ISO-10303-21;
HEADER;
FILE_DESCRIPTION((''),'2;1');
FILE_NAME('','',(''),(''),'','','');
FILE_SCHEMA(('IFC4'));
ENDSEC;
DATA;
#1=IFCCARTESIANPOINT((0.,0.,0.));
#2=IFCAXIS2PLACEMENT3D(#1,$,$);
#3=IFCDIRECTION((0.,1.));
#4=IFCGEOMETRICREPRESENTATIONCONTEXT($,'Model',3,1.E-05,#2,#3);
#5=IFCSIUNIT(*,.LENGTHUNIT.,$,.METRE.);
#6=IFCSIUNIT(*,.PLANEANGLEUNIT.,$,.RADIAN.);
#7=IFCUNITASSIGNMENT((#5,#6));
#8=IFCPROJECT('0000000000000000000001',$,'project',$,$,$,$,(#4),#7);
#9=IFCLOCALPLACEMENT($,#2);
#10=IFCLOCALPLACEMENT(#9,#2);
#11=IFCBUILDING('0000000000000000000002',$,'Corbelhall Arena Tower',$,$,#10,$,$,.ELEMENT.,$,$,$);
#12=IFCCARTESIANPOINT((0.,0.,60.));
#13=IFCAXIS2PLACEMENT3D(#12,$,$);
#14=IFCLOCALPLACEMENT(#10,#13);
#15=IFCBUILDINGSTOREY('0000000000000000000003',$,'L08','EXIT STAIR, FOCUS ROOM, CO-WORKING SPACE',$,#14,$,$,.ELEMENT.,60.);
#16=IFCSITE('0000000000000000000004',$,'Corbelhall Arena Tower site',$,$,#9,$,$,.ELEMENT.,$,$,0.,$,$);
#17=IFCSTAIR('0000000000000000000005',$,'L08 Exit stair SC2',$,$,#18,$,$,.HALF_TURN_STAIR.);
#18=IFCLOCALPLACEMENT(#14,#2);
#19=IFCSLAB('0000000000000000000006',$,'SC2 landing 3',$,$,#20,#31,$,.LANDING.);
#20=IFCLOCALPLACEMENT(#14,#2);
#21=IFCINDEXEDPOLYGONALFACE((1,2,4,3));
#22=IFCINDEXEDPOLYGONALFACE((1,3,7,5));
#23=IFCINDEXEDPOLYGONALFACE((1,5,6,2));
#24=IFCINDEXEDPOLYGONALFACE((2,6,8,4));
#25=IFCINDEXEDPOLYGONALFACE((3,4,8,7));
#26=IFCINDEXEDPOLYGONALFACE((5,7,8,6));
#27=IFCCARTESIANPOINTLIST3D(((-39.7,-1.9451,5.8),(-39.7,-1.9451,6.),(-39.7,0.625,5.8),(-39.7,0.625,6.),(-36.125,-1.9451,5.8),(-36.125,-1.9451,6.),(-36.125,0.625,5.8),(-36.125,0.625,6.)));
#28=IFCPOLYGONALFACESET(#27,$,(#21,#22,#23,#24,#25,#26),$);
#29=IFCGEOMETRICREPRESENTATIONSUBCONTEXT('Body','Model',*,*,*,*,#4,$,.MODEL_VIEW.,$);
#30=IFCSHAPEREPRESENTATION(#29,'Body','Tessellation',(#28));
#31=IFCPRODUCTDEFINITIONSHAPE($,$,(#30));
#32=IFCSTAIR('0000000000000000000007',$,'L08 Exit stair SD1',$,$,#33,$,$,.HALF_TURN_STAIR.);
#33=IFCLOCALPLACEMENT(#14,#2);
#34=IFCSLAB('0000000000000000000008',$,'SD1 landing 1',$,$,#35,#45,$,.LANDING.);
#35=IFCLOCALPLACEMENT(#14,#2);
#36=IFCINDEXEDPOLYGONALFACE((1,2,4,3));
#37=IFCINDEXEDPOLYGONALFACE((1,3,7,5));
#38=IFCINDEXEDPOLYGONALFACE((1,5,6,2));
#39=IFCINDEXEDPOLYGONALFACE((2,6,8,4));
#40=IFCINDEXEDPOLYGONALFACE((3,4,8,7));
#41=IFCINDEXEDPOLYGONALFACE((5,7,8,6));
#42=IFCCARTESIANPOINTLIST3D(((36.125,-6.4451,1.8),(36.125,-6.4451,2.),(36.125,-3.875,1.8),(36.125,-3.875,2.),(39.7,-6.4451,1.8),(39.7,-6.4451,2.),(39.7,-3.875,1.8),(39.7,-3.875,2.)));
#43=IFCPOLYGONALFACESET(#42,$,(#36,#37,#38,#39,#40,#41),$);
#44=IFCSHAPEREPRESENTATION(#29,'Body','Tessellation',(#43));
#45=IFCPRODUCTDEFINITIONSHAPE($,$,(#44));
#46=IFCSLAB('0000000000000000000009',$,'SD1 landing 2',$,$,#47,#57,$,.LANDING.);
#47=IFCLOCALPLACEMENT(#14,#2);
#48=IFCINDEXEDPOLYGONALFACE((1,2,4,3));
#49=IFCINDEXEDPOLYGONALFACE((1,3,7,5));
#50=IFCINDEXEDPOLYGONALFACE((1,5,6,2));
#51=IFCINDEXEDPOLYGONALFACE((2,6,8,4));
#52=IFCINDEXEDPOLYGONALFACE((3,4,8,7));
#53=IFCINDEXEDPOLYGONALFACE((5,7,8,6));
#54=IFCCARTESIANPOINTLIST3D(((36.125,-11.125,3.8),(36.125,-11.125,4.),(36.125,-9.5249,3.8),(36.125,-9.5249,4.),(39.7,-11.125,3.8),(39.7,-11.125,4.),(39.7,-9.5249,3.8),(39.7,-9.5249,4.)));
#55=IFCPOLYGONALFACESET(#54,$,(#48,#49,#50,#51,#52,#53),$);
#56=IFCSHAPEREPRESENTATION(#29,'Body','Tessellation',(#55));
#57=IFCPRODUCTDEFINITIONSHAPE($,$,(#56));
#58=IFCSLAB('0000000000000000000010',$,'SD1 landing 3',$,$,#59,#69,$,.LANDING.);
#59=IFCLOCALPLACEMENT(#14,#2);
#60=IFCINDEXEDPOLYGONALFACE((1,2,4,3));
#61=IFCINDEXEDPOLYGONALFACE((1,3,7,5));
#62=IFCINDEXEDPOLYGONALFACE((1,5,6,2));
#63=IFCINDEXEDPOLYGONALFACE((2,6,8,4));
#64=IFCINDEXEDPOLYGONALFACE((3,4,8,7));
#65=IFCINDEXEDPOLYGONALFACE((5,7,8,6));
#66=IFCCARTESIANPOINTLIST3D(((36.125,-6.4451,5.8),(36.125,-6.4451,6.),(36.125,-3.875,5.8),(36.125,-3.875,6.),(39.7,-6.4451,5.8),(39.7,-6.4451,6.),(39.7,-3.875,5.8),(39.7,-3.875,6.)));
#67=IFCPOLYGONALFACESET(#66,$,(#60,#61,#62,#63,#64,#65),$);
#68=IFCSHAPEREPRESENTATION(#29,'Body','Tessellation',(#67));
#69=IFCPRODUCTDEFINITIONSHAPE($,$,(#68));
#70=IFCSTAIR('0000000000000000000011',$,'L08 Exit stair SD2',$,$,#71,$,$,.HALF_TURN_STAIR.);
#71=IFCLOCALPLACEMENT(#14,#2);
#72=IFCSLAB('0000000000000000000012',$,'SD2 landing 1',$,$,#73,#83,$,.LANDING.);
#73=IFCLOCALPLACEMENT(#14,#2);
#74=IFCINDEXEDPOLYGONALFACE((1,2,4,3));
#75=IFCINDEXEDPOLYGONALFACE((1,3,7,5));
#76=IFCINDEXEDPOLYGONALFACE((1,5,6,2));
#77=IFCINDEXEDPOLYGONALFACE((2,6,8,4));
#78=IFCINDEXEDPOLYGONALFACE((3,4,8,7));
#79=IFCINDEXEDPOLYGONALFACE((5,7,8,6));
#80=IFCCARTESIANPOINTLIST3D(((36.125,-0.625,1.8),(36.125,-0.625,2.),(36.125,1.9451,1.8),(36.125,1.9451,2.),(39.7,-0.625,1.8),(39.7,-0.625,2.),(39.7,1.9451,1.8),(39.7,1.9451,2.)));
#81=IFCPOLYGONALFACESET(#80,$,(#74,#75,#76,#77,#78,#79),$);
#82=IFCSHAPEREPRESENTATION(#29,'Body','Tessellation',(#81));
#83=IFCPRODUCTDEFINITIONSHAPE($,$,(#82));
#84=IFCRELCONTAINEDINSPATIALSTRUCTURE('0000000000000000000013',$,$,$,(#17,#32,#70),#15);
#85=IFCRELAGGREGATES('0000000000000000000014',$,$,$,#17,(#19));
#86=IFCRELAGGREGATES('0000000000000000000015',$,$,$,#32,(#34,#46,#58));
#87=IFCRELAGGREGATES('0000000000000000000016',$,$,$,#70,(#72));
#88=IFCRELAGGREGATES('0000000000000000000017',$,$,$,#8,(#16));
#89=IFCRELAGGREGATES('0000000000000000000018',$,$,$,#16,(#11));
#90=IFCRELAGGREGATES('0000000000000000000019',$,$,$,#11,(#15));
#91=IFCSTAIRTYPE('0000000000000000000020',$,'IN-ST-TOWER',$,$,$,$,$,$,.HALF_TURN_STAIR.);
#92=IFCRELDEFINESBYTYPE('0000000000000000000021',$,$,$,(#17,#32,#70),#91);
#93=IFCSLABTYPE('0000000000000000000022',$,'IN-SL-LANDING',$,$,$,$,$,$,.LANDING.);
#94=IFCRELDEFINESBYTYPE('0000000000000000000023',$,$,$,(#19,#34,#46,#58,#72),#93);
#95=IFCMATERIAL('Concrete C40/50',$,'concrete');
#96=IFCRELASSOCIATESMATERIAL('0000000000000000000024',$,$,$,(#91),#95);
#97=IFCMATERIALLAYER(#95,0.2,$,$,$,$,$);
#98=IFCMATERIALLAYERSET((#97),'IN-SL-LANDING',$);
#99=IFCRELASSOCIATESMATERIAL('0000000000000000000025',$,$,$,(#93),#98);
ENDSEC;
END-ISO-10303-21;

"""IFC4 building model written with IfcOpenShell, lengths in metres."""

from ifc_helpers import new_model, si_unit, direction, frame, origin, place, context, subcontext, project, spatial, polyline, outline, extrude, material, layer, layer_set, type_object, element, aggregate, save


model = new_model("IFC4")

# Units and contexts
model_context = context("Model", 3, precision=1e-05, world=origin(), true_north=direction((0.0, 1.0)))
body_context = subcontext(model_context, "Body", "Model", "MODEL_VIEW")
ifc_project = project(units=[si_unit("LENGTHUNIT", "METRE"), si_unit("PLANEANGLEUNIT", "RADIAN")], contexts=[model_context])

# Site, building, storey
site_placement = place(None, origin())
site = spatial("IfcSite", under=ifc_project, at=site_placement, Name="Corbelhall Arena Tower site", CompositionType="ELEMENT", RefElevation=0.0)
building_placement = place(site_placement, origin())
building = spatial("IfcBuilding", under=site, at=building_placement, Name="Corbelhall Arena Tower", CompositionType="ELEMENT")
storey_placement = place(building_placement, frame((0.0, 0.0, 60.0)))
storey = spatial("IfcBuildingStorey", under=building, at=storey_placement, Name="L08", Description="EXIT STAIR, FOCUS ROOM, CO-WORKING SPACE", CompositionType="ELEMENT", Elevation=60.0)

# Shared definitions
ifc_material = material(Name="Concrete C40/50", Category="concrete")
stair_type = type_object("IfcStairType", Name="IN-ST-TOWER", PredefinedType="HALF_TURN_STAIR", material=ifc_material)
ifc_layer = layer(ifc_material, 0.2)
ifc_layer_set = layer_set([ifc_layer], Name="IN-SL-LANDING")
slab_type = type_object("IfcSlabType", Name="IN-SL-LANDING", PredefinedType="LANDING", material=ifc_layer_set)

# Stairs, slabs
stair_1_placement = place(storey_placement, origin())
stair_1 = element("IfcStair", 1, at=stair_1_placement, inside=storey, type_object=stair_type, Name="L08 Exit stair SC2", PredefinedType="HALF_TURN_STAIR")
slab_1_placement = place(storey_placement, frame((0.0, 0.0, 5.8)))
slab_1 = element("IfcSlab", 2, at=slab_1_placement, type_object=slab_type, Name="SC2 landing 3", PredefinedType="LANDING", context=body_context, shape_type="SweptSolid", body=[
    extrude(outline(polyline([(-36.125, -1.9451), (-36.125, 0.625), (-39.7, 0.625), (-39.7, -1.9451), (-36.125, -1.9451)])), origin(), (0.0, 0.0, 1.0), 0.2),
])
aggregate(stair_1, [slab_1])
stair_2_placement = place(storey_placement, origin())
stair_2 = element("IfcStair", 3, at=stair_2_placement, inside=storey, type_object=stair_type, Name="L08 Exit stair SD1", PredefinedType="HALF_TURN_STAIR")
slab_2_placement = place(storey_placement, frame((0.0, 0.0, 1.8)))
slab_2 = element("IfcSlab", 4, at=slab_2_placement, type_object=slab_type, Name="SD1 landing 1", PredefinedType="LANDING", context=body_context, shape_type="SweptSolid", body=[
    extrude(outline(polyline([(39.7, -6.4451), (39.7, -3.875), (36.125, -3.875), (36.125, -6.4451), (39.7, -6.4451)])), origin(), (0.0, 0.0, 1.0), 0.2),
])
slab_3_placement = place(storey_placement, frame((0.0, 0.0, 3.8)))
slab_3 = element("IfcSlab", 5, at=slab_3_placement, type_object=slab_type, Name="SD1 landing 2", PredefinedType="LANDING", context=body_context, shape_type="SweptSolid", body=[
    extrude(outline(polyline([(39.7, -11.125), (39.7, -9.5249), (36.125, -9.5249), (36.125, -11.125), (39.7, -11.125)])), origin(), (0.0, 0.0, 1.0), 0.2),
])
slab_4_placement = place(storey_placement, frame((0.0, 0.0, 5.8)))
slab_4 = element("IfcSlab", 6, at=slab_4_placement, type_object=slab_type, Name="SD1 landing 3", PredefinedType="LANDING", context=body_context, shape_type="SweptSolid", body=[
    extrude(outline(polyline([(39.7, -6.4451), (39.7, -3.875), (36.125, -3.875), (36.125, -6.4451), (39.7, -6.4451)])), origin(), (0.0, 0.0, 1.0), 0.2),
])
aggregate(stair_2, [slab_2, slab_3, slab_4])

# Stair, slab
stair_3_placement = place(storey_placement, origin())
stair_3 = element("IfcStair", 7, at=stair_3_placement, inside=storey, type_object=stair_type, Name="L08 Exit stair SD2", PredefinedType="HALF_TURN_STAIR")
slab_5_placement = place(storey_placement, frame((0.0, 0.0, 1.8)))
slab_5 = element("IfcSlab", 8, at=slab_5_placement, type_object=slab_type, Name="SD2 landing 1", PredefinedType="LANDING", context=body_context, shape_type="SweptSolid", body=[
    extrude(outline(polyline([(36.125, 1.9451), (36.125, -0.625), (39.7, -0.625), (39.7, 1.9451), (36.125, 1.9451)])), origin(), (0.0, 0.0, 1.0), 0.2),
])
aggregate(stair_3, [slab_5])

save(model, "model.ifc")
